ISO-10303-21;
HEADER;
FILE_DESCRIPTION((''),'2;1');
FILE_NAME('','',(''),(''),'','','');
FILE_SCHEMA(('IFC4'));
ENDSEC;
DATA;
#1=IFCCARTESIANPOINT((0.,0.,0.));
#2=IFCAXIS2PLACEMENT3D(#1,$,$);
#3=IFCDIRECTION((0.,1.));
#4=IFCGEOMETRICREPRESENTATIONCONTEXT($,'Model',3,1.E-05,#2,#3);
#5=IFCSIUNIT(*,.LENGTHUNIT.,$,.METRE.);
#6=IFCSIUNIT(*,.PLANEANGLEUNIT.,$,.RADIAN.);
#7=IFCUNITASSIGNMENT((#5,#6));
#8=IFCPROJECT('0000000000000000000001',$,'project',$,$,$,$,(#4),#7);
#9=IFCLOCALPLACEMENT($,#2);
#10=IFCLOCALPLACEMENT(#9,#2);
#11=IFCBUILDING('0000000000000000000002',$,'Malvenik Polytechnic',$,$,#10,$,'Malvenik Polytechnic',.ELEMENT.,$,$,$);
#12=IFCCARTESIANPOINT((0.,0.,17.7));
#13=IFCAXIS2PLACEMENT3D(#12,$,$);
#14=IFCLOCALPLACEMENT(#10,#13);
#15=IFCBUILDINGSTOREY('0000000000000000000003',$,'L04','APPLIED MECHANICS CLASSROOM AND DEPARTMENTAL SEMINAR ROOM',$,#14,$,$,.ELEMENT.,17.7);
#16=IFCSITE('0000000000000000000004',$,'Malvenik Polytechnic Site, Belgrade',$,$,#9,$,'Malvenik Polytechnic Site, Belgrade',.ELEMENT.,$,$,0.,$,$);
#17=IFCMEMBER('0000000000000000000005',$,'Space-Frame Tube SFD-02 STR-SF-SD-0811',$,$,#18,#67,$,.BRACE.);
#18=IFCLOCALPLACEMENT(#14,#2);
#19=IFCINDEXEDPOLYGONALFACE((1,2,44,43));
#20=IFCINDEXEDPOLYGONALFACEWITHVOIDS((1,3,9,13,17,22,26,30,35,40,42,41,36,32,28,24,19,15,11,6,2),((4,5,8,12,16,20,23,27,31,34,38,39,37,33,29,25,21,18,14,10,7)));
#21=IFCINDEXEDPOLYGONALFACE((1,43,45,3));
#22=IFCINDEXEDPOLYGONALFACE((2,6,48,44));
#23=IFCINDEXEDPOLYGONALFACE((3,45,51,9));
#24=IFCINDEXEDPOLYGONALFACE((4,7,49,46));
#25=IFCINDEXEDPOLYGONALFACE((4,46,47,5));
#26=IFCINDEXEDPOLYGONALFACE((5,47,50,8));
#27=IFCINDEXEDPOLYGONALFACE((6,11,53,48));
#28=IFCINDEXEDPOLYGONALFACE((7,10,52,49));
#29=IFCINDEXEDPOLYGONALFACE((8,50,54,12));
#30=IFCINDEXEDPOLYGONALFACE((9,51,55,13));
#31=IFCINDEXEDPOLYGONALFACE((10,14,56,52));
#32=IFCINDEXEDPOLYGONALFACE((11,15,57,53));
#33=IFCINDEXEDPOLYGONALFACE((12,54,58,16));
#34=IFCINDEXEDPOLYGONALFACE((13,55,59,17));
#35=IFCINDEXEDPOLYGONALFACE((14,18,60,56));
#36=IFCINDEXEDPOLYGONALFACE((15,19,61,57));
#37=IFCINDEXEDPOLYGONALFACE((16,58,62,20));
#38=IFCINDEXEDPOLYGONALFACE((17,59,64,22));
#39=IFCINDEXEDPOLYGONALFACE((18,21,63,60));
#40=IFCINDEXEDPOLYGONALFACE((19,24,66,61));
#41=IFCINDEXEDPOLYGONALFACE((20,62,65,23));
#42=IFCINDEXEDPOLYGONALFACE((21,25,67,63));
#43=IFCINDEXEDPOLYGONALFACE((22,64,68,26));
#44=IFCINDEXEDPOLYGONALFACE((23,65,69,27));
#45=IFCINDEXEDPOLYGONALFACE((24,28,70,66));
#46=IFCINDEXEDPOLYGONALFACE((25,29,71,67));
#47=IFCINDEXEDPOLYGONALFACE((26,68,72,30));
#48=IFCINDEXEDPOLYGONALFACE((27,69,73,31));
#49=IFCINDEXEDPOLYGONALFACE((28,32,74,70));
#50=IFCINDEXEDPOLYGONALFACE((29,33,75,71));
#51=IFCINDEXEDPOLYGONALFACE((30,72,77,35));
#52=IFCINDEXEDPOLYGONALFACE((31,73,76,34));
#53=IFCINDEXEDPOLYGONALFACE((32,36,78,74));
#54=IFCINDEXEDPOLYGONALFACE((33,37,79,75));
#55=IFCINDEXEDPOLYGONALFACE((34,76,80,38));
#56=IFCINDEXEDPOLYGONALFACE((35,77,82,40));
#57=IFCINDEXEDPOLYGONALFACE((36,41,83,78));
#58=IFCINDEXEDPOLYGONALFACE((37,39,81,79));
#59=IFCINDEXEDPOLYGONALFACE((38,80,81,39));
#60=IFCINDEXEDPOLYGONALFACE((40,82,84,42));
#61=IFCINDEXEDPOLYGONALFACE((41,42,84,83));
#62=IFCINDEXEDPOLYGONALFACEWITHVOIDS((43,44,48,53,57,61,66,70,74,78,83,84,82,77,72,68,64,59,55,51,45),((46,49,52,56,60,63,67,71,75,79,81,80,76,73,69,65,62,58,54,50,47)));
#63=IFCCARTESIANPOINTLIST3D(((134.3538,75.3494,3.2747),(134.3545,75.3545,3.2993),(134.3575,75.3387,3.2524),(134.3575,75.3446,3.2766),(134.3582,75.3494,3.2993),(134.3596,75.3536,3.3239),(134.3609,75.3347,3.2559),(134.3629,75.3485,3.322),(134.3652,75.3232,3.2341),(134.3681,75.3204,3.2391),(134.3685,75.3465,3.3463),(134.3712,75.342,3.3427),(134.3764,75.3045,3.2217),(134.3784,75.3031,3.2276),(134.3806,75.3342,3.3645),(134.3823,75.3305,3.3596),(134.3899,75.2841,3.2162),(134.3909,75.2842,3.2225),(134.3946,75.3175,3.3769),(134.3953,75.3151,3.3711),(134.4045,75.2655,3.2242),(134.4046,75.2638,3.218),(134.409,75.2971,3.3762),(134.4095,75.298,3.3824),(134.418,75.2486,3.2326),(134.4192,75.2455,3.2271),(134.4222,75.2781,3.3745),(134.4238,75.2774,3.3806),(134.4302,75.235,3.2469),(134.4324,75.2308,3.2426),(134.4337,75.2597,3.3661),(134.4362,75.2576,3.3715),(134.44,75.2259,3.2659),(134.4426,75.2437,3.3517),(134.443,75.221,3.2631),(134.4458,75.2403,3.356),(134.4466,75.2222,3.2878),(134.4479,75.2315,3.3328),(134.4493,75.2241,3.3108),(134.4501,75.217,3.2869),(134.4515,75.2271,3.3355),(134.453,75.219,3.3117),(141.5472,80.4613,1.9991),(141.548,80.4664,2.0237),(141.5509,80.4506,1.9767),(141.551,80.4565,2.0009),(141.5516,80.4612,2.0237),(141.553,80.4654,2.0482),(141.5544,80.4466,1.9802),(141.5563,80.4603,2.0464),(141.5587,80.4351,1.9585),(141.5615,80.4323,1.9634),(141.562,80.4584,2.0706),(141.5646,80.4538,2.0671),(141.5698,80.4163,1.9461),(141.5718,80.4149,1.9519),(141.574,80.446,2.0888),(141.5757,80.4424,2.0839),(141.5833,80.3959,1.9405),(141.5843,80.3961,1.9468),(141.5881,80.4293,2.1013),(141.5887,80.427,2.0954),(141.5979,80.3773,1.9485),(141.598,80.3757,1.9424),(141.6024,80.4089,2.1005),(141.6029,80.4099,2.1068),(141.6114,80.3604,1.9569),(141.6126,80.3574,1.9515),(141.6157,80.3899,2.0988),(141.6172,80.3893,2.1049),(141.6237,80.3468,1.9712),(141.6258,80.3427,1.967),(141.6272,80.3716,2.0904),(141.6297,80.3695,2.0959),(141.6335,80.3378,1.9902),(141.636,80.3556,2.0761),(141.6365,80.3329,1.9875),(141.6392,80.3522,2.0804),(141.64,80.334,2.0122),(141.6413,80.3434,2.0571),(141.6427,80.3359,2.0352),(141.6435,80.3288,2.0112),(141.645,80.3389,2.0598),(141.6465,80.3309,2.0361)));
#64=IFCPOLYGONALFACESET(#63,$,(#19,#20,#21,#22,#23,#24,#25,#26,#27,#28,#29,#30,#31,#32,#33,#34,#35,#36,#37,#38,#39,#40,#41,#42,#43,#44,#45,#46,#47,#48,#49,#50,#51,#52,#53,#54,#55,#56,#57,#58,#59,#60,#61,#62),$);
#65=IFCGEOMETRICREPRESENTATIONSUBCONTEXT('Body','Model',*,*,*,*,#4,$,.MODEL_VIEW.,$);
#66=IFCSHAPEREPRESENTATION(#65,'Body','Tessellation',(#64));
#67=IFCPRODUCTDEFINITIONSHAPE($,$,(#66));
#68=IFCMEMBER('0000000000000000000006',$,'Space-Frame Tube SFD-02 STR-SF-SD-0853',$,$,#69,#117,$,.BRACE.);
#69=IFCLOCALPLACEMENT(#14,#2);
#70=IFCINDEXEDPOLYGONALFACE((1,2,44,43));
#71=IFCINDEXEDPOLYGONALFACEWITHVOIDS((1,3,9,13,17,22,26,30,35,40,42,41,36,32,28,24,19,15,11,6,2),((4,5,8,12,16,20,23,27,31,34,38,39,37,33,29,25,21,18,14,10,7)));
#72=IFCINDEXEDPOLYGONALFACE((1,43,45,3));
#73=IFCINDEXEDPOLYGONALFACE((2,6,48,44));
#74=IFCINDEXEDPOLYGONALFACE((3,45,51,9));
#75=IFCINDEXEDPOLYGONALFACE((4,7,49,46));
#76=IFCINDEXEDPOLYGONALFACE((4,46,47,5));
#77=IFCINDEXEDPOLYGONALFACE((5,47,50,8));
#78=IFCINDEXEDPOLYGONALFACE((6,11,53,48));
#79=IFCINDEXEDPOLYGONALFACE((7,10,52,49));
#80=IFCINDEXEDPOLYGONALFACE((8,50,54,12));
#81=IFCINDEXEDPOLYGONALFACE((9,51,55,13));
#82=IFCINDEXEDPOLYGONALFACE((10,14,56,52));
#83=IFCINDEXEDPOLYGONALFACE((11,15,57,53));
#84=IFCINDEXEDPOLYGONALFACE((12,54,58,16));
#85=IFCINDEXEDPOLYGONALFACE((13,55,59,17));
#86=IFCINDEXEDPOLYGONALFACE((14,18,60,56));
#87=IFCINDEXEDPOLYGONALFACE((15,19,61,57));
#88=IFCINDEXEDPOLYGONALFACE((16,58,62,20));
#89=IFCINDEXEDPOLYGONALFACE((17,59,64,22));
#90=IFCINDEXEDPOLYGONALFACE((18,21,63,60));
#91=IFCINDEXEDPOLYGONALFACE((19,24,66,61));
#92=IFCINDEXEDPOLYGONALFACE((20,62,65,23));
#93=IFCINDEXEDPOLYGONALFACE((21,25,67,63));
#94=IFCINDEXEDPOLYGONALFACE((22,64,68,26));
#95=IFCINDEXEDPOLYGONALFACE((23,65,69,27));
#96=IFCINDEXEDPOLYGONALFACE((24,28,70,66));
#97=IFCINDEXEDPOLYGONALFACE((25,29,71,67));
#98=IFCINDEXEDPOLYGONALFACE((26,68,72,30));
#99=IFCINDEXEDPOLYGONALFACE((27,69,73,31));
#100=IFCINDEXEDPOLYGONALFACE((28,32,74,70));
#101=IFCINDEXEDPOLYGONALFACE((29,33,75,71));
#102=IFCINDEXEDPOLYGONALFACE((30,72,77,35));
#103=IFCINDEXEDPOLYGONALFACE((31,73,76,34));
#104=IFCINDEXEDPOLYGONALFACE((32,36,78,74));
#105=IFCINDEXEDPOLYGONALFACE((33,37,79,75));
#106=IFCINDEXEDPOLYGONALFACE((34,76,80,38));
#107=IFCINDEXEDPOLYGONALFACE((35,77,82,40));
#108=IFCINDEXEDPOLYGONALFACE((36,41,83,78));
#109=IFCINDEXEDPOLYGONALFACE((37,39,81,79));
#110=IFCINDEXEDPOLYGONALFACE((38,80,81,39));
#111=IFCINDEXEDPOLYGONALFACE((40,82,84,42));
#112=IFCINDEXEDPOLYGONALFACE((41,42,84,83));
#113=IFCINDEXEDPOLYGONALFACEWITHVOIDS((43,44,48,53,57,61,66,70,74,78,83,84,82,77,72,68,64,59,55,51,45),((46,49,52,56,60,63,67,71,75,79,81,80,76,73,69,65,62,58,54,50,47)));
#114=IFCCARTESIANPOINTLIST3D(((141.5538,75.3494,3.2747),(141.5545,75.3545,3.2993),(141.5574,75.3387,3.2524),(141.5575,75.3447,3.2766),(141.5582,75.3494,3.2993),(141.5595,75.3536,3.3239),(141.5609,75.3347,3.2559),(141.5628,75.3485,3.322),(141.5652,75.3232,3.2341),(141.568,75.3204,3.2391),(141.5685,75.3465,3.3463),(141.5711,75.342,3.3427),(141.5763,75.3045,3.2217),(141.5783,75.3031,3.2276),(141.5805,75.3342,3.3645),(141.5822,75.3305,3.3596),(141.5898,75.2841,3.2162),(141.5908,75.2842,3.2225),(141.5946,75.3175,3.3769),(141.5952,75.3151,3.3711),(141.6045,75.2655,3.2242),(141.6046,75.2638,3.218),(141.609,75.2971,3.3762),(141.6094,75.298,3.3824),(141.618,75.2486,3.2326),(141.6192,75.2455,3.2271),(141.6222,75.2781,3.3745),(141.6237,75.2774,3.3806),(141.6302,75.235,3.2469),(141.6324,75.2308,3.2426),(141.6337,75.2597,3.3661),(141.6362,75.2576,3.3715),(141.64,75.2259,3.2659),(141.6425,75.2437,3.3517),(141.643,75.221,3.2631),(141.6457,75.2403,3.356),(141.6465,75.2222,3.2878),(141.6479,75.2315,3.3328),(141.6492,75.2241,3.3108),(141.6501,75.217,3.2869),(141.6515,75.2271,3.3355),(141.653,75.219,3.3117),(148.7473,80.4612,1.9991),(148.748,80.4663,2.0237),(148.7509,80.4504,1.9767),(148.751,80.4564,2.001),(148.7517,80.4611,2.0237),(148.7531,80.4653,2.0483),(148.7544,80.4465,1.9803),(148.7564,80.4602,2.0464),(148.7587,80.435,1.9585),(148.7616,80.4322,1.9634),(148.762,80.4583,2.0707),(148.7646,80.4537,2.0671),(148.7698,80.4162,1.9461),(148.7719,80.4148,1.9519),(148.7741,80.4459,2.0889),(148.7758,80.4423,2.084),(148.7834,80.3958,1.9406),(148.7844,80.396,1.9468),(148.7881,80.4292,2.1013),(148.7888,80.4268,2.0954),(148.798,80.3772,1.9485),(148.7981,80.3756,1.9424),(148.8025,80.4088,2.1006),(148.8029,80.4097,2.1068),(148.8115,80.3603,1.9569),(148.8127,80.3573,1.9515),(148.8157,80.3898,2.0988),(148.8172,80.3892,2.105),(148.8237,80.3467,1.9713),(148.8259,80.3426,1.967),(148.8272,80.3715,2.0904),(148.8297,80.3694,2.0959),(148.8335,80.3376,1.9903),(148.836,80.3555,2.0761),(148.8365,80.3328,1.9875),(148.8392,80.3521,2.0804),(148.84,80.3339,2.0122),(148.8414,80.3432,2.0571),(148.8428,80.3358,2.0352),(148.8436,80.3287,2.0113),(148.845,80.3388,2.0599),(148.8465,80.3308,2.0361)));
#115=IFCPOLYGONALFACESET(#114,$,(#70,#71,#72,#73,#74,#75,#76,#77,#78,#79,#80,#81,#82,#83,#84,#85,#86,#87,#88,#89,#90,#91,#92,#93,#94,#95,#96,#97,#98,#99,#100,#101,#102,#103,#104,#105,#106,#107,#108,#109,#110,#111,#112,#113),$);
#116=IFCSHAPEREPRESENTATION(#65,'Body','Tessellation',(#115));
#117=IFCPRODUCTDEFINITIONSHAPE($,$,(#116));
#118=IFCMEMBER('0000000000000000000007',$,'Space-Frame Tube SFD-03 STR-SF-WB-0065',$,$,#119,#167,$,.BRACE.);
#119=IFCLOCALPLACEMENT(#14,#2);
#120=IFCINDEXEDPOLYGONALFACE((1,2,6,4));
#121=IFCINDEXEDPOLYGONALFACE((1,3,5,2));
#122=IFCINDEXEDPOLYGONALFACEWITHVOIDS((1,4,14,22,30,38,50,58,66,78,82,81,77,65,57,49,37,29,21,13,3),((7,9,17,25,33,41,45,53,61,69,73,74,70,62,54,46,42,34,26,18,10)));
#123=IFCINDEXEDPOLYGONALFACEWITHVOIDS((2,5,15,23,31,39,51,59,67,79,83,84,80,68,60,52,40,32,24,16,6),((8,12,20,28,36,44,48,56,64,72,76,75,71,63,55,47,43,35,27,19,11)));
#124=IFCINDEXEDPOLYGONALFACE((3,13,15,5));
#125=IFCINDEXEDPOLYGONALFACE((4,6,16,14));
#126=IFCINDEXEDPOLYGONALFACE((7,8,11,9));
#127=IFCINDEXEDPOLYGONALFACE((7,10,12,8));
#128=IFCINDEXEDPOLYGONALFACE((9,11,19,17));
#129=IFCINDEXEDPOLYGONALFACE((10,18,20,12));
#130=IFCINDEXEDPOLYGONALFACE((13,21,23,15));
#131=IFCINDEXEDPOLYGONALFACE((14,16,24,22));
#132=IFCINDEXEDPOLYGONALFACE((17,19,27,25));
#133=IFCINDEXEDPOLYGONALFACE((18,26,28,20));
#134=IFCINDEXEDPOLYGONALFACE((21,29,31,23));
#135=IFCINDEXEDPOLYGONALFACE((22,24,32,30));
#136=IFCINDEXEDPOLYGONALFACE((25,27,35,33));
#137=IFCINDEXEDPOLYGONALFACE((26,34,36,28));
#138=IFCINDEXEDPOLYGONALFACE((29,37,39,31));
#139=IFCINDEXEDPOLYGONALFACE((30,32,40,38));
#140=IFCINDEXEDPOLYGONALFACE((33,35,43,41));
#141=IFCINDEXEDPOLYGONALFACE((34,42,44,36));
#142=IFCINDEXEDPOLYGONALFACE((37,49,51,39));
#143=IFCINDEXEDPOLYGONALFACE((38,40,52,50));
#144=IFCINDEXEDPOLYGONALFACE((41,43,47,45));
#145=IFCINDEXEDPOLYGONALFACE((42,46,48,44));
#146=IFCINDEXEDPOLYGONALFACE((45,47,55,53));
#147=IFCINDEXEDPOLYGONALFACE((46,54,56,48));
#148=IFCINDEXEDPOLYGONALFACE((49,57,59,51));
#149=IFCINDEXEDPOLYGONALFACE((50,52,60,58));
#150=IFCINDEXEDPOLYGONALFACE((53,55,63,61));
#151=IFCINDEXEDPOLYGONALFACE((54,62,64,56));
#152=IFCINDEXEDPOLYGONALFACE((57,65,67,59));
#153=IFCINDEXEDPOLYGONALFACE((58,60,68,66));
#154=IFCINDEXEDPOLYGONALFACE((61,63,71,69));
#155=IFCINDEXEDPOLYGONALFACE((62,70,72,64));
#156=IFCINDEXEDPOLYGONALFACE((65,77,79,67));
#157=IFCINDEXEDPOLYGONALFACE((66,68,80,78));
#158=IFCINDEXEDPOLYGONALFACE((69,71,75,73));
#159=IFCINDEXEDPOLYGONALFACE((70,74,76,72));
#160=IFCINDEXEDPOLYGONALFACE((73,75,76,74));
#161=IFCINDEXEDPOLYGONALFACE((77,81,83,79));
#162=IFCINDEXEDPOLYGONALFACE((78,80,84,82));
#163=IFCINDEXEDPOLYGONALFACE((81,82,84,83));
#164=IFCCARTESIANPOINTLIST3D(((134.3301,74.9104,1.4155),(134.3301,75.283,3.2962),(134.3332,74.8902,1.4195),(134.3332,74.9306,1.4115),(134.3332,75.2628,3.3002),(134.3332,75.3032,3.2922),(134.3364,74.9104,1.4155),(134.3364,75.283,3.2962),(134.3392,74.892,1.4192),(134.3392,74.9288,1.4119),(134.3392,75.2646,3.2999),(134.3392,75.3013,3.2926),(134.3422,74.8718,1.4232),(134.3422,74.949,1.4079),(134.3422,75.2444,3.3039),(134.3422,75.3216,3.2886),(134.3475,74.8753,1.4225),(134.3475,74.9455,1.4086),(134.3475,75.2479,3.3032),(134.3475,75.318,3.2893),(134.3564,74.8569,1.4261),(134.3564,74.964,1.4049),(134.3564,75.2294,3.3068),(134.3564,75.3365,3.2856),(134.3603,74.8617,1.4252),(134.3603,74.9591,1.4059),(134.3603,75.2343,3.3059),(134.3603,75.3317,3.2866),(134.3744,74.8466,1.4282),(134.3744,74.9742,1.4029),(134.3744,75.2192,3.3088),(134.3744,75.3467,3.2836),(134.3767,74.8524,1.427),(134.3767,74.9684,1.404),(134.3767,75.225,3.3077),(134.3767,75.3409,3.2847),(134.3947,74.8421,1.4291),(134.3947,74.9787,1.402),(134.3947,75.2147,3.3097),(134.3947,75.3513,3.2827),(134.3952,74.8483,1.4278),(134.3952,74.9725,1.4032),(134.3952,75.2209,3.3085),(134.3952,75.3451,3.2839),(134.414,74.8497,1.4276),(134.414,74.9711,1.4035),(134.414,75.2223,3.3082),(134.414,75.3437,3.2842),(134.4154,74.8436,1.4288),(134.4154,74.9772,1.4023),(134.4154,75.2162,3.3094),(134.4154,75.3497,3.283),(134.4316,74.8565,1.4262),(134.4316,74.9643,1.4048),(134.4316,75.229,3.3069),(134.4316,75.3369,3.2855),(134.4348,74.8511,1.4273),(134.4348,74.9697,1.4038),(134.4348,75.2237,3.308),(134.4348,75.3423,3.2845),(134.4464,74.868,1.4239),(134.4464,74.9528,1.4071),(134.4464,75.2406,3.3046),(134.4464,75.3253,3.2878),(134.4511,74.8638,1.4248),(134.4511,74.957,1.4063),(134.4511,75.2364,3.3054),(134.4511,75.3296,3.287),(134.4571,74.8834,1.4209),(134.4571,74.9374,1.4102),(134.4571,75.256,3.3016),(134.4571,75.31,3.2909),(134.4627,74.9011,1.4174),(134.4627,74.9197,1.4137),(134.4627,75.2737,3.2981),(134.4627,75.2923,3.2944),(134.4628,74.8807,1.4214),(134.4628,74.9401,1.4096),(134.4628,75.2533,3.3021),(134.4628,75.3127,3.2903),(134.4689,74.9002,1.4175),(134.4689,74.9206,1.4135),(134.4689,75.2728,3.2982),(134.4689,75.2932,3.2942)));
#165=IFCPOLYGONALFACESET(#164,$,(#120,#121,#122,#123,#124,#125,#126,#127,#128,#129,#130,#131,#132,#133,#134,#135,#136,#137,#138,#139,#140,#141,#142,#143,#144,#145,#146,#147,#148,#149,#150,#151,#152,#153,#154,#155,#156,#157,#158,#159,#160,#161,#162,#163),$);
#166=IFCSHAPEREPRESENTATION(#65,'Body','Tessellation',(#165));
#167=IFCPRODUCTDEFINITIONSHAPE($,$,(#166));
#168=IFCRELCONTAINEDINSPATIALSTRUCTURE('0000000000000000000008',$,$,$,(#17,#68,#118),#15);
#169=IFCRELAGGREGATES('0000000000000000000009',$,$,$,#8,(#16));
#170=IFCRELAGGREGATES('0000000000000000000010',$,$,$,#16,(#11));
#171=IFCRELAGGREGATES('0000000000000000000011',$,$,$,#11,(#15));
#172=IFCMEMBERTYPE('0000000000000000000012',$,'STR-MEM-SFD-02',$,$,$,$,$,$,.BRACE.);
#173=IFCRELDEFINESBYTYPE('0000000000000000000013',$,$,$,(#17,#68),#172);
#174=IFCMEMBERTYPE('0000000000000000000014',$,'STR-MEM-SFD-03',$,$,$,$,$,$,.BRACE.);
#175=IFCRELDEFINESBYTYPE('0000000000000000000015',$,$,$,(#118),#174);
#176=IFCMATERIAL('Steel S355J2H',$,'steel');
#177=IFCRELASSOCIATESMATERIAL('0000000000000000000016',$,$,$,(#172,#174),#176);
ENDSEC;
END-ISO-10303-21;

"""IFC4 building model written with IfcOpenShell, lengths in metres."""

from ifc_helpers import new_model, si_unit, direction, frame, origin, origin_2d, place, context, subcontext, project, spatial, hollow_circle, extrude, material, material_profile, profile_set, type_object, element, save


model = new_model("IFC4")

# Units and contexts
model_context = context("Model", 3, precision=1e-05, world=origin(), true_north=direction((0.0, 1.0)))
body_context = subcontext(model_context, "Body", "Model", "MODEL_VIEW")
ifc_project = project(units=[si_unit("LENGTHUNIT", "METRE"), si_unit("PLANEANGLEUNIT", "RADIAN")], contexts=[model_context])

# Site, building, storey
site_placement = place(None, origin())
site = spatial("IfcSite", under=ifc_project, at=site_placement, Name="Malvenik Polytechnic Site, Belgrade", LongName="Malvenik Polytechnic Site, Belgrade", CompositionType="ELEMENT", RefElevation=0.0)
building_placement = place(site_placement, origin())
building = spatial("IfcBuilding", under=site, at=building_placement, Name="Malvenik Polytechnic", LongName="Malvenik Polytechnic", CompositionType="ELEMENT")
storey_placement = place(building_placement, frame((0.0, 0.0, 17.7)))
storey = spatial("IfcBuildingStorey", under=building, at=storey_placement, Name="L04", Description="APPLIED MECHANICS CLASSROOM AND DEPARTMENTAL SEMINAR ROOM", CompositionType="ELEMENT", Elevation=17.7)

# Members
ifc_material = material(Name="Steel S355J2H", Category="steel")
ifc_material_profile_1 = material_profile(ifc_material, hollow_circle(Radius=0.0842, WallThickness=0.0063, at=origin_2d()), Name="CHS 168.3x6.3")
ifc_profile_set_1 = profile_set([ifc_material_profile_1], Name="Steel S355J2H")
member_type_1 = type_object("IfcMemberType", Name="STR-MEM-SFD-02", PredefinedType="BRACE", material=ifc_profile_set_1)
for number, where, z_axis, x_axis, name in (
    (1, (134.4033, 75.2859, 3.2993), (0.806755, 0.573304, -0.143066), (-0.579263, 0.815141, 0.0), "Space-Frame Tube SFD-02 STR-SF-SD-0811"),
    (2, (141.6033, 75.2859, 3.2993), (0.806765, 0.573292, -0.143063), (-0.57925, 0.81515, 0.0), "Space-Frame Tube SFD-02 STR-SF-SD-0853"),
):
    element("IfcMember", number, at=place(storey_placement, frame(where, z_axis=z_axis, x_axis=x_axis)), inside=storey, type_object=member_type_1, Name=name, PredefinedType="BRACE", context=body_context, shape_type="SweptSolid", body=[
        extrude(hollow_circle(Radius=0.0842, WallThickness=0.0063, at=origin_2d()), origin(), (0.0, 0.0, 1.0), 8.9165),
    ])
ifc_material_profile_2 = material_profile(ifc_material, hollow_circle(Radius=0.0698, WallThickness=0.0063, at=origin_2d()), Name="CHS 139.7x6.3")
ifc_profile_set_2 = profile_set([ifc_material_profile_2], Name="Steel S355J2H")
member_type_2 = type_object("IfcMemberType", Name="STR-MEM-SFD-03", PredefinedType="BRACE", material=ifc_profile_set_2)
member_1_placement = place(storey_placement, frame((134.3999, 74.9104, 1.4155), z_axis=(0.0, 0.194328, 0.980937), x_axis=(-1.0, 0.0, 0.0)))
element("IfcMember", 3, at=member_1_placement, inside=storey, type_object=member_type_2, Name="Space-Frame Tube SFD-03 STR-SF-WB-0065", PredefinedType="BRACE", context=body_context, shape_type="SweptSolid", body=[
    extrude(hollow_circle(Radius=0.0698, WallThickness=0.0063, at=origin_2d()), origin(), (0.0, 0.0, 1.0), 1.9172),
])

save(model, "model.ifc")
